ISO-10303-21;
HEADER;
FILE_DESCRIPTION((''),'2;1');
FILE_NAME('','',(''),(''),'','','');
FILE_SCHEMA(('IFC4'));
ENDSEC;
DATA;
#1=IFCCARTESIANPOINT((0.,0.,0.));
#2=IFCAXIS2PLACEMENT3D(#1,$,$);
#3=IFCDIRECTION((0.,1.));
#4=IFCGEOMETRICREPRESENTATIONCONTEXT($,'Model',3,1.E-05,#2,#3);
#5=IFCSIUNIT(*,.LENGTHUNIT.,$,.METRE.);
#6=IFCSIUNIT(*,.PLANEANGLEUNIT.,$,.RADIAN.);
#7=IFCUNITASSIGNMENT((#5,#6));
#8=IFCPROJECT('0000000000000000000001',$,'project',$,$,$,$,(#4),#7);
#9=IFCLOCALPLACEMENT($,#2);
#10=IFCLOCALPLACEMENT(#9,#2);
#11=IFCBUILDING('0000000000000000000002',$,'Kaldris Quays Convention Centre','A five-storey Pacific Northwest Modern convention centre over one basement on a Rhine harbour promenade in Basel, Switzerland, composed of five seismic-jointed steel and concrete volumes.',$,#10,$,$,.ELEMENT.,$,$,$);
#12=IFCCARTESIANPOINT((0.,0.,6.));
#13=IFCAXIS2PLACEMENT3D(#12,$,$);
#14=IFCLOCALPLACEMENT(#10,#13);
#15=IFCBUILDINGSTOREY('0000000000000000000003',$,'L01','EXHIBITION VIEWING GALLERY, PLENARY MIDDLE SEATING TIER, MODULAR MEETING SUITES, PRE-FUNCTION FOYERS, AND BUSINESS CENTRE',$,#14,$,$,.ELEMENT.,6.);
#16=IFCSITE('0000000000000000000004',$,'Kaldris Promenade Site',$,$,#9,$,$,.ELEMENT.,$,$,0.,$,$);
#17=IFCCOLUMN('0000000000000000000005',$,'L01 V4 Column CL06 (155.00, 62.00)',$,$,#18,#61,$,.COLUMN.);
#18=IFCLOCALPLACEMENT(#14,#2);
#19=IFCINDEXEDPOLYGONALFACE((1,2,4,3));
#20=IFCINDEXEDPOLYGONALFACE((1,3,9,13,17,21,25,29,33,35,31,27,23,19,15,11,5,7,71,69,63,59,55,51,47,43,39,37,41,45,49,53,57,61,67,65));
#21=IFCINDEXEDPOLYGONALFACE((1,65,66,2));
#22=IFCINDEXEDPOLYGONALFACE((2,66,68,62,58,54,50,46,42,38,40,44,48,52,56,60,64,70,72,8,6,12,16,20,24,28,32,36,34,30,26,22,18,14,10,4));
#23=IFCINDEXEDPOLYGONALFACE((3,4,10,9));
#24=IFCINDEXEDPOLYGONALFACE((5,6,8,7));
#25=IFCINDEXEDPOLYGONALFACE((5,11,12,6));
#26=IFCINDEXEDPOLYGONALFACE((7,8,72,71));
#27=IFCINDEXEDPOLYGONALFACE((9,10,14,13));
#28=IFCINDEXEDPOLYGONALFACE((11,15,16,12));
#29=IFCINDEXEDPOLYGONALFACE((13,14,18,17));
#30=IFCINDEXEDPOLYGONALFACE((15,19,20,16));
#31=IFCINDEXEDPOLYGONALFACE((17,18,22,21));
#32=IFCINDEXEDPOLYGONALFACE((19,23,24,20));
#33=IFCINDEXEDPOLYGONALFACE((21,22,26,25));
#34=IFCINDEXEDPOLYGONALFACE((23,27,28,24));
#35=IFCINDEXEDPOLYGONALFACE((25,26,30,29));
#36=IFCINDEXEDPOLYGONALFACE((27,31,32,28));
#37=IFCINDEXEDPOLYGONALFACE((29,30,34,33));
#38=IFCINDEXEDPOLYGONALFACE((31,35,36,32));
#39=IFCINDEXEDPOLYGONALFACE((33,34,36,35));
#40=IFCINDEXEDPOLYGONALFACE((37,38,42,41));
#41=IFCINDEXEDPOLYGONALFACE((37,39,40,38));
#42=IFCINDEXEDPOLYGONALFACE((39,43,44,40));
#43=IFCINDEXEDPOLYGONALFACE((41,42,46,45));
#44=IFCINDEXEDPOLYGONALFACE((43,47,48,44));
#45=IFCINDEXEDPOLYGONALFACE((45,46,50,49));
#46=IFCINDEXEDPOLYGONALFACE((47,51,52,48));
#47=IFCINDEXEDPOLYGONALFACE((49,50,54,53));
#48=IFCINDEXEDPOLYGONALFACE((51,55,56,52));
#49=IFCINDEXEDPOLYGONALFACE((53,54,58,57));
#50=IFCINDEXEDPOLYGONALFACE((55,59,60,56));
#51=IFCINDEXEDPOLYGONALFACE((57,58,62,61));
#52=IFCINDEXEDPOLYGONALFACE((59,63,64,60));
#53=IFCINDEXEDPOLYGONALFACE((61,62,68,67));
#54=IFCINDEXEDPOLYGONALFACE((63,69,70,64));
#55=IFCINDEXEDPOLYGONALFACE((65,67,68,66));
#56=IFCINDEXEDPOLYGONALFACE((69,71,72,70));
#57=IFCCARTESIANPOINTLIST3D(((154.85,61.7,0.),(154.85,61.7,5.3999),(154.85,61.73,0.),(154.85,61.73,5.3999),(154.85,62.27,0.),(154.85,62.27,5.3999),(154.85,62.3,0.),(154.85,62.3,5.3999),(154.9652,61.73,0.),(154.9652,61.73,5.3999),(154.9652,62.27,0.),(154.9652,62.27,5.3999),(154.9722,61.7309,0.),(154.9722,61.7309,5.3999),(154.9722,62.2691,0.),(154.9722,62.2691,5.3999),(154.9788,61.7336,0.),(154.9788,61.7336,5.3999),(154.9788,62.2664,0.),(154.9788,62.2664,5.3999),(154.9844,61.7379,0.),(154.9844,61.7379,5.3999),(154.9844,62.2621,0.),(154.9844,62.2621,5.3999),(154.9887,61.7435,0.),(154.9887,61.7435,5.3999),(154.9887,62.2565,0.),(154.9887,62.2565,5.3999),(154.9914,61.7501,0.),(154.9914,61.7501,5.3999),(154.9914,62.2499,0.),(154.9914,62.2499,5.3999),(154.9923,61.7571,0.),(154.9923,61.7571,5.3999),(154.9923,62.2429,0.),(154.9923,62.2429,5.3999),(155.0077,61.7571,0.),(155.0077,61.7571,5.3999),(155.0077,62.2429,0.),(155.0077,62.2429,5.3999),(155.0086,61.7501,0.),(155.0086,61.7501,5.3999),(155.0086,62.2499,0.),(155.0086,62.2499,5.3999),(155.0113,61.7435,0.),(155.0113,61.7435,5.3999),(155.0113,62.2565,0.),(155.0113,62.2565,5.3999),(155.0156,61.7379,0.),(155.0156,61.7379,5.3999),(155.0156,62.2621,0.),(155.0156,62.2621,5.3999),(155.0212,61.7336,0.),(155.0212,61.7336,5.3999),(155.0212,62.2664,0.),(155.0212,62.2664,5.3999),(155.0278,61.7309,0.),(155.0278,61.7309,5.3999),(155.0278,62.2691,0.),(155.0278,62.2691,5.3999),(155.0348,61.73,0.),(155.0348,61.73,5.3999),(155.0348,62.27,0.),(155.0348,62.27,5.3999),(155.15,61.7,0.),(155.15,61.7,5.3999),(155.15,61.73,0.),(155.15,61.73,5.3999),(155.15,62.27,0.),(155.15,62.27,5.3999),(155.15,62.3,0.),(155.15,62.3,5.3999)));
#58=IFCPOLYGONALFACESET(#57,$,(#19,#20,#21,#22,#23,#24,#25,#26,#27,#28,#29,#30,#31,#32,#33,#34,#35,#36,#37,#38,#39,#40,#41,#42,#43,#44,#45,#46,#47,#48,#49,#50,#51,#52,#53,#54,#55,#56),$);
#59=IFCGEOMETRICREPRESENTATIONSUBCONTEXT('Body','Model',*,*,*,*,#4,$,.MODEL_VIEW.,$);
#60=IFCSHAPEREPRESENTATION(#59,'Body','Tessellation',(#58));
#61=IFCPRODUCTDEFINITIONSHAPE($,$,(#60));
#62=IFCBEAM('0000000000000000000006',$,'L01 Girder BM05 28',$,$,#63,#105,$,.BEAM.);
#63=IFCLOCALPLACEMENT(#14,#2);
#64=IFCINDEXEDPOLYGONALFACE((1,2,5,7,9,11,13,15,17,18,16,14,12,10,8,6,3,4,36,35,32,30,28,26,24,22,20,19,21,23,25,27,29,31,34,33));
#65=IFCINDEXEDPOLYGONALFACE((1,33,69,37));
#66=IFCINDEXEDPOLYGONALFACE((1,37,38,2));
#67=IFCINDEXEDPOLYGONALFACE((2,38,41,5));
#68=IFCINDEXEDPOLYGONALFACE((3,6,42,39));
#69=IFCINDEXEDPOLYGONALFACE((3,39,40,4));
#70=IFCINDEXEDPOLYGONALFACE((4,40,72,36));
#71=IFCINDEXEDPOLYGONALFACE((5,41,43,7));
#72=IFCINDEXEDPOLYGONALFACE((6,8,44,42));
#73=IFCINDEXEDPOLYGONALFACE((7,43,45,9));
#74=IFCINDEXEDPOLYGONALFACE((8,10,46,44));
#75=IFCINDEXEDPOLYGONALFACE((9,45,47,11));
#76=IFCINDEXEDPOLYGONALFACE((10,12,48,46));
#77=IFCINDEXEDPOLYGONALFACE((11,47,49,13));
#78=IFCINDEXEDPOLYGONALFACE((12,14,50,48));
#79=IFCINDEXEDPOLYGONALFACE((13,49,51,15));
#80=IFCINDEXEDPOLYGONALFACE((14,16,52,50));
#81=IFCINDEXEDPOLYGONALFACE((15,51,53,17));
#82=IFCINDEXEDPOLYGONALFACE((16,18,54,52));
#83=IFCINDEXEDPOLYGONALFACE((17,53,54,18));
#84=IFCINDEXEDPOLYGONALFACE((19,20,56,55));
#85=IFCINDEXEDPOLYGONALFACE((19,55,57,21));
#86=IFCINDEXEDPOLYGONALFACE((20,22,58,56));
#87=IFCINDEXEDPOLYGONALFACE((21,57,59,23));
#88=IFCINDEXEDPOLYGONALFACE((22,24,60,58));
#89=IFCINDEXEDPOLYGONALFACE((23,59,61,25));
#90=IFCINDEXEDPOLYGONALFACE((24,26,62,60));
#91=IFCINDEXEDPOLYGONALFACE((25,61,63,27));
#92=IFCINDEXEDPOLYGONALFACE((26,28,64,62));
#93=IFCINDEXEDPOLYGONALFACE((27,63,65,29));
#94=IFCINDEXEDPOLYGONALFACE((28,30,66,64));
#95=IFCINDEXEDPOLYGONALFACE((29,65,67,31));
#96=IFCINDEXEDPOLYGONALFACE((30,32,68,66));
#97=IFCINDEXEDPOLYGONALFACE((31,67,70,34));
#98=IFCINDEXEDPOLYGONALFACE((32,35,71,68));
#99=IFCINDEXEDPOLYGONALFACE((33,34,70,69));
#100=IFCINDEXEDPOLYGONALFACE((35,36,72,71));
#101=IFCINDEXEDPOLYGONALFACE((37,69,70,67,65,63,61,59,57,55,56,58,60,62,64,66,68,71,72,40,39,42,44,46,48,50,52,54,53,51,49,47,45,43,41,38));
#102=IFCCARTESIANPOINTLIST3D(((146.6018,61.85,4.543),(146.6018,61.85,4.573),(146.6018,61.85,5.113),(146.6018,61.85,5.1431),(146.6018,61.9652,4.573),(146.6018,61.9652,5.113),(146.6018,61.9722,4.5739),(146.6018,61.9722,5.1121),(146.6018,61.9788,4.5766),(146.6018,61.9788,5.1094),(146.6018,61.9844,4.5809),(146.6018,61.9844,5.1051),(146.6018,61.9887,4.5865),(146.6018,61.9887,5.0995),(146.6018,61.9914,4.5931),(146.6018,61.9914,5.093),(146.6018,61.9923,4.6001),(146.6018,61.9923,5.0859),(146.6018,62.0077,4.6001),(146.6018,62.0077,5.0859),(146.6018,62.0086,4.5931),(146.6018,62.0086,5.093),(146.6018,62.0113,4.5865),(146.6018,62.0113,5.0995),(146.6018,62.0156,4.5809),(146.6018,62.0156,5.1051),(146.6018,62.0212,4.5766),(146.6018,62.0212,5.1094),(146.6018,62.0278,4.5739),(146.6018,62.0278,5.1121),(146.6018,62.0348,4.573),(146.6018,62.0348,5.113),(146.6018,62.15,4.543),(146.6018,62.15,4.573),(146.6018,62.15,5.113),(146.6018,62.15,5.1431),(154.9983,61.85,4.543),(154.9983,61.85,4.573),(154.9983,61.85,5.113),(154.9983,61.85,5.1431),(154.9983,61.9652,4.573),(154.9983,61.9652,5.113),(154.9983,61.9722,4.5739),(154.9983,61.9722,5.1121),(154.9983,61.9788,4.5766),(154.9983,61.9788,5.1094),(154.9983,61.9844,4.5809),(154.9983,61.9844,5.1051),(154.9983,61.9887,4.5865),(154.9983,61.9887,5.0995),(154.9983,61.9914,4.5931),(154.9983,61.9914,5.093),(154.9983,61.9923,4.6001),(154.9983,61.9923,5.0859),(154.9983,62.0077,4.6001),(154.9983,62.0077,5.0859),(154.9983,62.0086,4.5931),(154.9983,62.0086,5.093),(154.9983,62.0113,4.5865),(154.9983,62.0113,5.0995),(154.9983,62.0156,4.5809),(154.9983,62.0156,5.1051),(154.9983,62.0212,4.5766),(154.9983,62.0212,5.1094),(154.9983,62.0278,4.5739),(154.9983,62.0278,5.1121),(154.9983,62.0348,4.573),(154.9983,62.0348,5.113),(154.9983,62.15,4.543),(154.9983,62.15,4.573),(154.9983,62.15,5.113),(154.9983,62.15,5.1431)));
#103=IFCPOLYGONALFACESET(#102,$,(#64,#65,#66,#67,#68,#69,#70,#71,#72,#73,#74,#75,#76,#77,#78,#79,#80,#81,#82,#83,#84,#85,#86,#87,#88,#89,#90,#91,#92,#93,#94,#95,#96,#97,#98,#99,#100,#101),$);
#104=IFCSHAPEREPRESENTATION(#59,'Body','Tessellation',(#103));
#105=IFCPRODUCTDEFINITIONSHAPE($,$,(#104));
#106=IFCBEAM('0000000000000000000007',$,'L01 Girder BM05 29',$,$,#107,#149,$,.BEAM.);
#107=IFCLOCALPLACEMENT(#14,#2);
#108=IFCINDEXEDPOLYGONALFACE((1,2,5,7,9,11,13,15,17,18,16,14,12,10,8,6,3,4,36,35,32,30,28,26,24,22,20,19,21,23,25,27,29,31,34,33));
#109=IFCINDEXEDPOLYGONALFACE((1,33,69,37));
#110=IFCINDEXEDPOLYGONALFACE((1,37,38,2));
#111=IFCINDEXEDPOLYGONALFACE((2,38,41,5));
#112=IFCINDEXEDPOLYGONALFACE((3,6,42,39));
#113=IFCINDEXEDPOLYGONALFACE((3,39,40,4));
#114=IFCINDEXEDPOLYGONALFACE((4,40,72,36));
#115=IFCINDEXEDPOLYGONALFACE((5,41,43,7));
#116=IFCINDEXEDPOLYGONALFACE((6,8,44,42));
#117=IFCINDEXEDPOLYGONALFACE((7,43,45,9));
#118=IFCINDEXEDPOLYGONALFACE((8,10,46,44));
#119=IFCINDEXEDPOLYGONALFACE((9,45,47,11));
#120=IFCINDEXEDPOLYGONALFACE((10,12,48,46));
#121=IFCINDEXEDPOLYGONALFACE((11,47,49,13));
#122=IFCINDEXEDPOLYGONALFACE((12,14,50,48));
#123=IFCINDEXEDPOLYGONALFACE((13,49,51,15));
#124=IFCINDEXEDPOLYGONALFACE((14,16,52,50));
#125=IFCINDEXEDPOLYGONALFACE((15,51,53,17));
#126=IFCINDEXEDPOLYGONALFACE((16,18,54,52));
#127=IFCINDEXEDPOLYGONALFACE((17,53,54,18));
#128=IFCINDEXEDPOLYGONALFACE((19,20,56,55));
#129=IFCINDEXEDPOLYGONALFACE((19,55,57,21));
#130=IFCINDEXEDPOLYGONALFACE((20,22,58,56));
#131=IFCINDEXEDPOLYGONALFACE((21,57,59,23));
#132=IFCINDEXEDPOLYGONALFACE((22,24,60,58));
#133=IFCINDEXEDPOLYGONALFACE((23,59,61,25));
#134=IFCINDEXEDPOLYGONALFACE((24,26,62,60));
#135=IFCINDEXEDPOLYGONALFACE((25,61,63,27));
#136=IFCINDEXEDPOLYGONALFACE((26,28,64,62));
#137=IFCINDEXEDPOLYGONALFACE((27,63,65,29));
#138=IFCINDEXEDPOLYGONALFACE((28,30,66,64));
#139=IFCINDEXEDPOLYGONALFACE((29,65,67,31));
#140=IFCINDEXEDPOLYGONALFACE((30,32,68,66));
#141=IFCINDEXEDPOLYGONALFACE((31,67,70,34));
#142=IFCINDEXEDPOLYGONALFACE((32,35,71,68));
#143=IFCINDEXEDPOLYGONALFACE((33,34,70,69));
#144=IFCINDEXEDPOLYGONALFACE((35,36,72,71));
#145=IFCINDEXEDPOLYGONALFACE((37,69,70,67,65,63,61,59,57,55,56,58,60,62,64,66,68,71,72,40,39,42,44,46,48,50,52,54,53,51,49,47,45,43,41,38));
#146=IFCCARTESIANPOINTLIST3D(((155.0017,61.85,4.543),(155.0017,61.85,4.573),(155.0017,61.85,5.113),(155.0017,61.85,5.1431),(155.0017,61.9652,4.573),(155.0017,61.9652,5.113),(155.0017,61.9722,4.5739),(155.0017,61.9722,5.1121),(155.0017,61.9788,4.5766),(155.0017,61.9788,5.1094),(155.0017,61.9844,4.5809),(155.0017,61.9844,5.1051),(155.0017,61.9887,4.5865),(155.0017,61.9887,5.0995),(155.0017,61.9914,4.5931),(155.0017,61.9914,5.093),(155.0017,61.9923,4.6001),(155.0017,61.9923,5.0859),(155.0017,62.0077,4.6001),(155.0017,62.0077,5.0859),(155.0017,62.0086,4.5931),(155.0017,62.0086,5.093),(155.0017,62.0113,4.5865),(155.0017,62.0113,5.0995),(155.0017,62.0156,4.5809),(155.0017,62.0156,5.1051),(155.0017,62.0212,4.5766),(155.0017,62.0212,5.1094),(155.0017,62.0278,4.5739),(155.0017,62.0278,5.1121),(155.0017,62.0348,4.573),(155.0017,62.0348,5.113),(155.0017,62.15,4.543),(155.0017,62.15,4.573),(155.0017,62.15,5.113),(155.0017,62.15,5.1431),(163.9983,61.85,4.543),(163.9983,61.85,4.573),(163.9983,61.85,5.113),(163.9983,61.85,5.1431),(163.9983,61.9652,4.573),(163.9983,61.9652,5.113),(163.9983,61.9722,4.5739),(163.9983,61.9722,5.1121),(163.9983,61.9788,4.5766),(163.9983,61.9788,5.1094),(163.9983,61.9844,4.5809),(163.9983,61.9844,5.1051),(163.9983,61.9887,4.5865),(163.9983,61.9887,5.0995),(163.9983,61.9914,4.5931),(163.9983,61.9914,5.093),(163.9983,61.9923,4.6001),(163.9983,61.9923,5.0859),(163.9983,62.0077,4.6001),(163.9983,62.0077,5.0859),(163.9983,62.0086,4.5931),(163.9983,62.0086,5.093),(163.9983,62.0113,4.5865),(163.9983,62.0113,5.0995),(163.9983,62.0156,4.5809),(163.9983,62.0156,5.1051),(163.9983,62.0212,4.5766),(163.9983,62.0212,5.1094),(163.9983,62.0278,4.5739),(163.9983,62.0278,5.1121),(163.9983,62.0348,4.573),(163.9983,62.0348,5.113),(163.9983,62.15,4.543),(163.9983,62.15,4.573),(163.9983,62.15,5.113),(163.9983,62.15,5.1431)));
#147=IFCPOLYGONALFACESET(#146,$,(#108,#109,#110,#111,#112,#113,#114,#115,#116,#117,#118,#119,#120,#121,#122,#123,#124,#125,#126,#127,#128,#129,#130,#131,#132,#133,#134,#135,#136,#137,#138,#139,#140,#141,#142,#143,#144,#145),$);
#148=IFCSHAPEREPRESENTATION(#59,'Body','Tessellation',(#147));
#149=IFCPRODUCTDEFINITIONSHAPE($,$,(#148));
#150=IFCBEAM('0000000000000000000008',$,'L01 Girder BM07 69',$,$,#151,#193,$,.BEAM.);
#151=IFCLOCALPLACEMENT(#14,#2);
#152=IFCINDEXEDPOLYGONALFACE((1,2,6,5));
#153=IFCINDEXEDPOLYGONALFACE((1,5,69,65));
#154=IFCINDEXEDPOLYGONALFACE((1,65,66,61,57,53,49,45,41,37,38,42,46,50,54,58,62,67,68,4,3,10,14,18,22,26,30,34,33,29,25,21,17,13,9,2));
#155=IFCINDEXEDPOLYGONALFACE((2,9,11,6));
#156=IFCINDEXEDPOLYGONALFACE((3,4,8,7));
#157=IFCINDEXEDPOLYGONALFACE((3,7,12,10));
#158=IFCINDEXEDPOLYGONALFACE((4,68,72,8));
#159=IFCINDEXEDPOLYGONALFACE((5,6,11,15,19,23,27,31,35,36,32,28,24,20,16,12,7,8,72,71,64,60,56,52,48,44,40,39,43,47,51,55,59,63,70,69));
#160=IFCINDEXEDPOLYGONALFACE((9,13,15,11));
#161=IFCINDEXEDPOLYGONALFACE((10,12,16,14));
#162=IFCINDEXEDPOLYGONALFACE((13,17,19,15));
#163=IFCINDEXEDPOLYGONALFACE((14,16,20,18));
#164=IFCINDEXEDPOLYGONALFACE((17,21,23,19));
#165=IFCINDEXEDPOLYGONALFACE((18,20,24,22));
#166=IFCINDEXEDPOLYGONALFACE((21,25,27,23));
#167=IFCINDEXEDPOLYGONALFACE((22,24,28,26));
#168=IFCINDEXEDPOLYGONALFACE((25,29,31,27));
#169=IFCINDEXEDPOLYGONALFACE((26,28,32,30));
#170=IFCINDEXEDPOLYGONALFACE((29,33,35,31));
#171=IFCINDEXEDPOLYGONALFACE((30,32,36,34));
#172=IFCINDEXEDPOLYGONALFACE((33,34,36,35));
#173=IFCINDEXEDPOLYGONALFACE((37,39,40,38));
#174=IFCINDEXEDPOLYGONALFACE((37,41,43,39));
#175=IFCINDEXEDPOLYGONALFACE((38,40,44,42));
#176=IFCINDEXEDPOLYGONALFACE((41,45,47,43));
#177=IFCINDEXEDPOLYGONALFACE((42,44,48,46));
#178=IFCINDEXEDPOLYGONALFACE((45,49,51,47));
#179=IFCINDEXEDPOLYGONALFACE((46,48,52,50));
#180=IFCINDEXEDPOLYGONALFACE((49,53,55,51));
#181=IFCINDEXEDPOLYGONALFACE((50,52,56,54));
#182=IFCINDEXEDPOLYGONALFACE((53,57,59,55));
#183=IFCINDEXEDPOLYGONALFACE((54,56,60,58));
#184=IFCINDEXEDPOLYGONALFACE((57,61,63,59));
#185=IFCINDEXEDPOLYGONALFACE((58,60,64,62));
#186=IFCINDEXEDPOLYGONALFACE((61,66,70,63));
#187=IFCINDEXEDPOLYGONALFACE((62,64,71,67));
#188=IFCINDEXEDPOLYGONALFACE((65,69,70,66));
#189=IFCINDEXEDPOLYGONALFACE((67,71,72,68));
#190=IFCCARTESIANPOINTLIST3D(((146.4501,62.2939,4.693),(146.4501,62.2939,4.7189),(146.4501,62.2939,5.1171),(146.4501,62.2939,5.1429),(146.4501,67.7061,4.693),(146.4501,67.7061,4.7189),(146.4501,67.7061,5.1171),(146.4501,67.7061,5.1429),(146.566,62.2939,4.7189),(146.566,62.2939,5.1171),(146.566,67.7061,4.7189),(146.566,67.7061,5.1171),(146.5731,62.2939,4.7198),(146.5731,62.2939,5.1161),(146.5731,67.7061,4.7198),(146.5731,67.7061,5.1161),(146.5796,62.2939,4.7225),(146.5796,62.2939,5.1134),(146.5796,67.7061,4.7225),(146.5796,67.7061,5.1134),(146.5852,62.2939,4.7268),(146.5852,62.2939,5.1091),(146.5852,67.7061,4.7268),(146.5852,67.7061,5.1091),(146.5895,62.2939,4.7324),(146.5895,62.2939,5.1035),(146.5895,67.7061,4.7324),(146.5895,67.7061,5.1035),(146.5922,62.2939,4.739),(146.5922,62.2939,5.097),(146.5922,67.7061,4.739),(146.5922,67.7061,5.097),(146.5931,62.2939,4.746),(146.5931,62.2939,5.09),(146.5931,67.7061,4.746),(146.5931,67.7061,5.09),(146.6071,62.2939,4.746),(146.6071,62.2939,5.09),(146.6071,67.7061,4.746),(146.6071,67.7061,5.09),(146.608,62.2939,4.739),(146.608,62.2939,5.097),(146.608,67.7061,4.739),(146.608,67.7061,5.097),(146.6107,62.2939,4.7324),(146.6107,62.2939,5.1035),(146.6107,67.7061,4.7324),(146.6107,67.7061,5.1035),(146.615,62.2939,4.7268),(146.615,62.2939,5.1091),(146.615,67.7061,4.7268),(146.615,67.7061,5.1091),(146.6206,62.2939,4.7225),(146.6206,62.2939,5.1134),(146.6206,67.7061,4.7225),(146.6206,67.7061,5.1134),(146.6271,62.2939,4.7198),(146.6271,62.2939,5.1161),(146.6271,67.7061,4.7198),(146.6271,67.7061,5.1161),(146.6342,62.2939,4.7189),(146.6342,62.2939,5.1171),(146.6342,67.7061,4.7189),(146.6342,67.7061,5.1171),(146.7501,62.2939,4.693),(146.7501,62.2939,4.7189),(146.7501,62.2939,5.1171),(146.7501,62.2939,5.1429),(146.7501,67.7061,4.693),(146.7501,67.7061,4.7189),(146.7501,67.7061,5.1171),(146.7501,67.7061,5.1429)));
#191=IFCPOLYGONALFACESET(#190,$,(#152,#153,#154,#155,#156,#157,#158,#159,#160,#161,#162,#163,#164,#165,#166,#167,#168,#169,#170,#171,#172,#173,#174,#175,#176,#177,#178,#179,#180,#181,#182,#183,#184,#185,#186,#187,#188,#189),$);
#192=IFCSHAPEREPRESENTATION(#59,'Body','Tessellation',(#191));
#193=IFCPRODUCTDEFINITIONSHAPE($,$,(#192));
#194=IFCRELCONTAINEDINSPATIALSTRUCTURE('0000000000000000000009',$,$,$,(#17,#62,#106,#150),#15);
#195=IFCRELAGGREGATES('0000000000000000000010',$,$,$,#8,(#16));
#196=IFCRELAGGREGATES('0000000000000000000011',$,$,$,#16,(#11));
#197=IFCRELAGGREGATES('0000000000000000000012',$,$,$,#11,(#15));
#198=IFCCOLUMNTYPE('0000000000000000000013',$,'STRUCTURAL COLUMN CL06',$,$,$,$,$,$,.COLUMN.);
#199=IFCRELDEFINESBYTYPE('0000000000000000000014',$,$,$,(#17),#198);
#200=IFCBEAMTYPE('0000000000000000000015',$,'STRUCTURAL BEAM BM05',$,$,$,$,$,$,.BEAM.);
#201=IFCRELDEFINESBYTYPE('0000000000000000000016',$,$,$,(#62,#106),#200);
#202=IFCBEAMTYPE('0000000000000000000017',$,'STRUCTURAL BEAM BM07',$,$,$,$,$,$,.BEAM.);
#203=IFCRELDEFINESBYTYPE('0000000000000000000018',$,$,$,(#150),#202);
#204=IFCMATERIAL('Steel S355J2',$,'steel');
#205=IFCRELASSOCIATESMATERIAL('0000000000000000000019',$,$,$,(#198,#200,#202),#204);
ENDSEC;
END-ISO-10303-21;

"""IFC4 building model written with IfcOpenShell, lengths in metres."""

from ifc_helpers import new_model, si_unit, direction, frame, origin, origin_2d, place, context, subcontext, project, spatial, i_section, extrude, material, material_profile, profile_set, type_object, element, save


model = new_model("IFC4")

# Units and contexts
model_context = context("Model", 3, precision=1e-05, world=origin(), true_north=direction((0.0, 1.0)))
body_context = subcontext(model_context, "Body", "Model", "MODEL_VIEW")
ifc_project = project(units=[si_unit("LENGTHUNIT", "METRE"), si_unit("PLANEANGLEUNIT", "RADIAN")], contexts=[model_context])

# Site, building, storey
site_placement = place(None, origin())
site = spatial("IfcSite", under=ifc_project, at=site_placement, Name="Kaldris Promenade Site", CompositionType="ELEMENT", RefElevation=0.0)
building_placement = place(site_placement, origin())
building = spatial("IfcBuilding", under=site, at=building_placement, Name="Kaldris Quays Convention Centre", Description="A five-storey Pacific Northwest Modern convention centre over one basement on a Rhine harbour promenade in Basel, Switzerland, composed of five seismic-jointed steel and concrete volumes.", CompositionType="ELEMENT")
storey_placement = place(building_placement, frame((0.0, 0.0, 6.0)))
storey = spatial("IfcBuildingStorey", under=building, at=storey_placement, Name="L01", Description="EXHIBITION VIEWING GALLERY, PLENARY MIDDLE SEATING TIER, MODULAR MEETING SUITES, PRE-FUNCTION FOYERS, AND BUSINESS CENTRE", CompositionType="ELEMENT", Elevation=6.0)

# Column
ifc_material_1 = material(Name="Steel S355J2", Category="steel")
ifc_material_profile_1 = material_profile(ifc_material_1, i_section(OverallWidth=0.3, OverallDepth=0.6001, WebThickness=0.0154, FlangeThickness=0.03, FilletRadius=0.0271, at=origin_2d()), Name="HEB 600")
ifc_profile_set_1 = profile_set([ifc_material_profile_1], Name="Steel S355J2")
column_type_1 = type_object("IfcColumnType", Name="STRUCTURAL COLUMN CL06", PredefinedType="COLUMN", material=ifc_profile_set_1)
for number, where, z_axis, x_axis, name in (
    (1, (155.0, 62.0, 0.0), (0.0, 0.0, 1.0), (1.0, 0.0, 0.0), "L01 V4 Column CL06 (155.00, 62.00)"),
):
    element("IfcColumn", number, at=place(storey_placement, frame(where, z_axis=z_axis, x_axis=x_axis)), inside=storey, type_object=column_type_1, Name=name, PredefinedType="COLUMN", context=body_context, shape_type="SweptSolid", body=[
        extrude(i_section(OverallWidth=0.3, OverallDepth=0.6001, WebThickness=0.0154, FlangeThickness=0.03, FilletRadius=0.0271, at=origin_2d()), origin(), (0.0, 0.0, 1.0), 5.3999),
    ])

# Beams
ifc_material_profile_2 = material_profile(ifc_material_1, i_section(OverallWidth=0.3, OverallDepth=0.6001, WebThickness=0.0154, FlangeThickness=0.03, FilletRadius=0.0271, at=origin_2d()), Name="HEB 600")
ifc_profile_set_2 = profile_set([ifc_material_profile_2], Name="Steel S355J2")
beam_type_1 = type_object("IfcBeamType", Name="STRUCTURAL BEAM BM05", PredefinedType="BEAM", material=ifc_profile_set_2)
beam_1_placement = place(storey_placement, frame((146.6018, 62.0, 4.843), z_axis=(1.0, 0.0, 0.0), x_axis=(0.0, 1.0, 0.0)))
element("IfcBeam", 2, at=beam_1_placement, inside=storey, type_object=beam_type_1, Name="L01 Girder BM05 28", PredefinedType="BEAM", context=body_context, shape_type="SweptSolid", body=[
    extrude(i_section(OverallWidth=0.3, OverallDepth=0.6001, WebThickness=0.0154, FlangeThickness=0.03, FilletRadius=0.0271, at=origin_2d()), origin(), (0.0, 0.0, 1.0), 8.3965),
])
beam_2_placement = place(storey_placement, frame((155.0017, 62.0, 4.843), z_axis=(1.0, 0.0, 0.0), x_axis=(0.0, 1.0, 0.0)))
element("IfcBeam", 3, at=beam_2_placement, inside=storey, type_object=beam_type_1, Name="L01 Girder BM05 29", PredefinedType="BEAM", context=body_context, shape_type="SweptSolid", body=[
    extrude(i_section(OverallWidth=0.3, OverallDepth=0.6001, WebThickness=0.0154, FlangeThickness=0.03, FilletRadius=0.0271, at=origin_2d()), origin(), (0.0, 0.0, 1.0), 8.9966),
])
ifc_material_profile_3 = material_profile(ifc_material_1, i_section(OverallWidth=0.3, OverallDepth=0.45, WebThickness=0.0139, FlangeThickness=0.0259, FilletRadius=0.0271, at=origin_2d()), Name="HEB 450")
ifc_profile_set_3 = profile_set([ifc_material_profile_3], Name="Steel S355J2")
beam_type_2 = type_object("IfcBeamType", Name="STRUCTURAL BEAM BM07", PredefinedType="BEAM", material=ifc_profile_set_3)
for number, where, z_axis, x_axis, name in (
    (4, (146.6001, 62.2939, 4.918), (0.0, 1.0, 0.0), (-1.0, 0.0, 0.0), "L01 Girder BM07 69"),
):
    element("IfcBeam", number, at=place(storey_placement, frame(where, z_axis=z_axis, x_axis=x_axis)), inside=storey, type_object=beam_type_2, Name=name, PredefinedType="BEAM", context=body_context, shape_type="SweptSolid", body=[
        extrude(i_section(OverallWidth=0.3, OverallDepth=0.45, WebThickness=0.0139, FlangeThickness=0.0259, FilletRadius=0.0271, at=origin_2d()), origin(), (0.0, 0.0, 1.0), 5.4121),
    ])

save(model, "model.ifc")
